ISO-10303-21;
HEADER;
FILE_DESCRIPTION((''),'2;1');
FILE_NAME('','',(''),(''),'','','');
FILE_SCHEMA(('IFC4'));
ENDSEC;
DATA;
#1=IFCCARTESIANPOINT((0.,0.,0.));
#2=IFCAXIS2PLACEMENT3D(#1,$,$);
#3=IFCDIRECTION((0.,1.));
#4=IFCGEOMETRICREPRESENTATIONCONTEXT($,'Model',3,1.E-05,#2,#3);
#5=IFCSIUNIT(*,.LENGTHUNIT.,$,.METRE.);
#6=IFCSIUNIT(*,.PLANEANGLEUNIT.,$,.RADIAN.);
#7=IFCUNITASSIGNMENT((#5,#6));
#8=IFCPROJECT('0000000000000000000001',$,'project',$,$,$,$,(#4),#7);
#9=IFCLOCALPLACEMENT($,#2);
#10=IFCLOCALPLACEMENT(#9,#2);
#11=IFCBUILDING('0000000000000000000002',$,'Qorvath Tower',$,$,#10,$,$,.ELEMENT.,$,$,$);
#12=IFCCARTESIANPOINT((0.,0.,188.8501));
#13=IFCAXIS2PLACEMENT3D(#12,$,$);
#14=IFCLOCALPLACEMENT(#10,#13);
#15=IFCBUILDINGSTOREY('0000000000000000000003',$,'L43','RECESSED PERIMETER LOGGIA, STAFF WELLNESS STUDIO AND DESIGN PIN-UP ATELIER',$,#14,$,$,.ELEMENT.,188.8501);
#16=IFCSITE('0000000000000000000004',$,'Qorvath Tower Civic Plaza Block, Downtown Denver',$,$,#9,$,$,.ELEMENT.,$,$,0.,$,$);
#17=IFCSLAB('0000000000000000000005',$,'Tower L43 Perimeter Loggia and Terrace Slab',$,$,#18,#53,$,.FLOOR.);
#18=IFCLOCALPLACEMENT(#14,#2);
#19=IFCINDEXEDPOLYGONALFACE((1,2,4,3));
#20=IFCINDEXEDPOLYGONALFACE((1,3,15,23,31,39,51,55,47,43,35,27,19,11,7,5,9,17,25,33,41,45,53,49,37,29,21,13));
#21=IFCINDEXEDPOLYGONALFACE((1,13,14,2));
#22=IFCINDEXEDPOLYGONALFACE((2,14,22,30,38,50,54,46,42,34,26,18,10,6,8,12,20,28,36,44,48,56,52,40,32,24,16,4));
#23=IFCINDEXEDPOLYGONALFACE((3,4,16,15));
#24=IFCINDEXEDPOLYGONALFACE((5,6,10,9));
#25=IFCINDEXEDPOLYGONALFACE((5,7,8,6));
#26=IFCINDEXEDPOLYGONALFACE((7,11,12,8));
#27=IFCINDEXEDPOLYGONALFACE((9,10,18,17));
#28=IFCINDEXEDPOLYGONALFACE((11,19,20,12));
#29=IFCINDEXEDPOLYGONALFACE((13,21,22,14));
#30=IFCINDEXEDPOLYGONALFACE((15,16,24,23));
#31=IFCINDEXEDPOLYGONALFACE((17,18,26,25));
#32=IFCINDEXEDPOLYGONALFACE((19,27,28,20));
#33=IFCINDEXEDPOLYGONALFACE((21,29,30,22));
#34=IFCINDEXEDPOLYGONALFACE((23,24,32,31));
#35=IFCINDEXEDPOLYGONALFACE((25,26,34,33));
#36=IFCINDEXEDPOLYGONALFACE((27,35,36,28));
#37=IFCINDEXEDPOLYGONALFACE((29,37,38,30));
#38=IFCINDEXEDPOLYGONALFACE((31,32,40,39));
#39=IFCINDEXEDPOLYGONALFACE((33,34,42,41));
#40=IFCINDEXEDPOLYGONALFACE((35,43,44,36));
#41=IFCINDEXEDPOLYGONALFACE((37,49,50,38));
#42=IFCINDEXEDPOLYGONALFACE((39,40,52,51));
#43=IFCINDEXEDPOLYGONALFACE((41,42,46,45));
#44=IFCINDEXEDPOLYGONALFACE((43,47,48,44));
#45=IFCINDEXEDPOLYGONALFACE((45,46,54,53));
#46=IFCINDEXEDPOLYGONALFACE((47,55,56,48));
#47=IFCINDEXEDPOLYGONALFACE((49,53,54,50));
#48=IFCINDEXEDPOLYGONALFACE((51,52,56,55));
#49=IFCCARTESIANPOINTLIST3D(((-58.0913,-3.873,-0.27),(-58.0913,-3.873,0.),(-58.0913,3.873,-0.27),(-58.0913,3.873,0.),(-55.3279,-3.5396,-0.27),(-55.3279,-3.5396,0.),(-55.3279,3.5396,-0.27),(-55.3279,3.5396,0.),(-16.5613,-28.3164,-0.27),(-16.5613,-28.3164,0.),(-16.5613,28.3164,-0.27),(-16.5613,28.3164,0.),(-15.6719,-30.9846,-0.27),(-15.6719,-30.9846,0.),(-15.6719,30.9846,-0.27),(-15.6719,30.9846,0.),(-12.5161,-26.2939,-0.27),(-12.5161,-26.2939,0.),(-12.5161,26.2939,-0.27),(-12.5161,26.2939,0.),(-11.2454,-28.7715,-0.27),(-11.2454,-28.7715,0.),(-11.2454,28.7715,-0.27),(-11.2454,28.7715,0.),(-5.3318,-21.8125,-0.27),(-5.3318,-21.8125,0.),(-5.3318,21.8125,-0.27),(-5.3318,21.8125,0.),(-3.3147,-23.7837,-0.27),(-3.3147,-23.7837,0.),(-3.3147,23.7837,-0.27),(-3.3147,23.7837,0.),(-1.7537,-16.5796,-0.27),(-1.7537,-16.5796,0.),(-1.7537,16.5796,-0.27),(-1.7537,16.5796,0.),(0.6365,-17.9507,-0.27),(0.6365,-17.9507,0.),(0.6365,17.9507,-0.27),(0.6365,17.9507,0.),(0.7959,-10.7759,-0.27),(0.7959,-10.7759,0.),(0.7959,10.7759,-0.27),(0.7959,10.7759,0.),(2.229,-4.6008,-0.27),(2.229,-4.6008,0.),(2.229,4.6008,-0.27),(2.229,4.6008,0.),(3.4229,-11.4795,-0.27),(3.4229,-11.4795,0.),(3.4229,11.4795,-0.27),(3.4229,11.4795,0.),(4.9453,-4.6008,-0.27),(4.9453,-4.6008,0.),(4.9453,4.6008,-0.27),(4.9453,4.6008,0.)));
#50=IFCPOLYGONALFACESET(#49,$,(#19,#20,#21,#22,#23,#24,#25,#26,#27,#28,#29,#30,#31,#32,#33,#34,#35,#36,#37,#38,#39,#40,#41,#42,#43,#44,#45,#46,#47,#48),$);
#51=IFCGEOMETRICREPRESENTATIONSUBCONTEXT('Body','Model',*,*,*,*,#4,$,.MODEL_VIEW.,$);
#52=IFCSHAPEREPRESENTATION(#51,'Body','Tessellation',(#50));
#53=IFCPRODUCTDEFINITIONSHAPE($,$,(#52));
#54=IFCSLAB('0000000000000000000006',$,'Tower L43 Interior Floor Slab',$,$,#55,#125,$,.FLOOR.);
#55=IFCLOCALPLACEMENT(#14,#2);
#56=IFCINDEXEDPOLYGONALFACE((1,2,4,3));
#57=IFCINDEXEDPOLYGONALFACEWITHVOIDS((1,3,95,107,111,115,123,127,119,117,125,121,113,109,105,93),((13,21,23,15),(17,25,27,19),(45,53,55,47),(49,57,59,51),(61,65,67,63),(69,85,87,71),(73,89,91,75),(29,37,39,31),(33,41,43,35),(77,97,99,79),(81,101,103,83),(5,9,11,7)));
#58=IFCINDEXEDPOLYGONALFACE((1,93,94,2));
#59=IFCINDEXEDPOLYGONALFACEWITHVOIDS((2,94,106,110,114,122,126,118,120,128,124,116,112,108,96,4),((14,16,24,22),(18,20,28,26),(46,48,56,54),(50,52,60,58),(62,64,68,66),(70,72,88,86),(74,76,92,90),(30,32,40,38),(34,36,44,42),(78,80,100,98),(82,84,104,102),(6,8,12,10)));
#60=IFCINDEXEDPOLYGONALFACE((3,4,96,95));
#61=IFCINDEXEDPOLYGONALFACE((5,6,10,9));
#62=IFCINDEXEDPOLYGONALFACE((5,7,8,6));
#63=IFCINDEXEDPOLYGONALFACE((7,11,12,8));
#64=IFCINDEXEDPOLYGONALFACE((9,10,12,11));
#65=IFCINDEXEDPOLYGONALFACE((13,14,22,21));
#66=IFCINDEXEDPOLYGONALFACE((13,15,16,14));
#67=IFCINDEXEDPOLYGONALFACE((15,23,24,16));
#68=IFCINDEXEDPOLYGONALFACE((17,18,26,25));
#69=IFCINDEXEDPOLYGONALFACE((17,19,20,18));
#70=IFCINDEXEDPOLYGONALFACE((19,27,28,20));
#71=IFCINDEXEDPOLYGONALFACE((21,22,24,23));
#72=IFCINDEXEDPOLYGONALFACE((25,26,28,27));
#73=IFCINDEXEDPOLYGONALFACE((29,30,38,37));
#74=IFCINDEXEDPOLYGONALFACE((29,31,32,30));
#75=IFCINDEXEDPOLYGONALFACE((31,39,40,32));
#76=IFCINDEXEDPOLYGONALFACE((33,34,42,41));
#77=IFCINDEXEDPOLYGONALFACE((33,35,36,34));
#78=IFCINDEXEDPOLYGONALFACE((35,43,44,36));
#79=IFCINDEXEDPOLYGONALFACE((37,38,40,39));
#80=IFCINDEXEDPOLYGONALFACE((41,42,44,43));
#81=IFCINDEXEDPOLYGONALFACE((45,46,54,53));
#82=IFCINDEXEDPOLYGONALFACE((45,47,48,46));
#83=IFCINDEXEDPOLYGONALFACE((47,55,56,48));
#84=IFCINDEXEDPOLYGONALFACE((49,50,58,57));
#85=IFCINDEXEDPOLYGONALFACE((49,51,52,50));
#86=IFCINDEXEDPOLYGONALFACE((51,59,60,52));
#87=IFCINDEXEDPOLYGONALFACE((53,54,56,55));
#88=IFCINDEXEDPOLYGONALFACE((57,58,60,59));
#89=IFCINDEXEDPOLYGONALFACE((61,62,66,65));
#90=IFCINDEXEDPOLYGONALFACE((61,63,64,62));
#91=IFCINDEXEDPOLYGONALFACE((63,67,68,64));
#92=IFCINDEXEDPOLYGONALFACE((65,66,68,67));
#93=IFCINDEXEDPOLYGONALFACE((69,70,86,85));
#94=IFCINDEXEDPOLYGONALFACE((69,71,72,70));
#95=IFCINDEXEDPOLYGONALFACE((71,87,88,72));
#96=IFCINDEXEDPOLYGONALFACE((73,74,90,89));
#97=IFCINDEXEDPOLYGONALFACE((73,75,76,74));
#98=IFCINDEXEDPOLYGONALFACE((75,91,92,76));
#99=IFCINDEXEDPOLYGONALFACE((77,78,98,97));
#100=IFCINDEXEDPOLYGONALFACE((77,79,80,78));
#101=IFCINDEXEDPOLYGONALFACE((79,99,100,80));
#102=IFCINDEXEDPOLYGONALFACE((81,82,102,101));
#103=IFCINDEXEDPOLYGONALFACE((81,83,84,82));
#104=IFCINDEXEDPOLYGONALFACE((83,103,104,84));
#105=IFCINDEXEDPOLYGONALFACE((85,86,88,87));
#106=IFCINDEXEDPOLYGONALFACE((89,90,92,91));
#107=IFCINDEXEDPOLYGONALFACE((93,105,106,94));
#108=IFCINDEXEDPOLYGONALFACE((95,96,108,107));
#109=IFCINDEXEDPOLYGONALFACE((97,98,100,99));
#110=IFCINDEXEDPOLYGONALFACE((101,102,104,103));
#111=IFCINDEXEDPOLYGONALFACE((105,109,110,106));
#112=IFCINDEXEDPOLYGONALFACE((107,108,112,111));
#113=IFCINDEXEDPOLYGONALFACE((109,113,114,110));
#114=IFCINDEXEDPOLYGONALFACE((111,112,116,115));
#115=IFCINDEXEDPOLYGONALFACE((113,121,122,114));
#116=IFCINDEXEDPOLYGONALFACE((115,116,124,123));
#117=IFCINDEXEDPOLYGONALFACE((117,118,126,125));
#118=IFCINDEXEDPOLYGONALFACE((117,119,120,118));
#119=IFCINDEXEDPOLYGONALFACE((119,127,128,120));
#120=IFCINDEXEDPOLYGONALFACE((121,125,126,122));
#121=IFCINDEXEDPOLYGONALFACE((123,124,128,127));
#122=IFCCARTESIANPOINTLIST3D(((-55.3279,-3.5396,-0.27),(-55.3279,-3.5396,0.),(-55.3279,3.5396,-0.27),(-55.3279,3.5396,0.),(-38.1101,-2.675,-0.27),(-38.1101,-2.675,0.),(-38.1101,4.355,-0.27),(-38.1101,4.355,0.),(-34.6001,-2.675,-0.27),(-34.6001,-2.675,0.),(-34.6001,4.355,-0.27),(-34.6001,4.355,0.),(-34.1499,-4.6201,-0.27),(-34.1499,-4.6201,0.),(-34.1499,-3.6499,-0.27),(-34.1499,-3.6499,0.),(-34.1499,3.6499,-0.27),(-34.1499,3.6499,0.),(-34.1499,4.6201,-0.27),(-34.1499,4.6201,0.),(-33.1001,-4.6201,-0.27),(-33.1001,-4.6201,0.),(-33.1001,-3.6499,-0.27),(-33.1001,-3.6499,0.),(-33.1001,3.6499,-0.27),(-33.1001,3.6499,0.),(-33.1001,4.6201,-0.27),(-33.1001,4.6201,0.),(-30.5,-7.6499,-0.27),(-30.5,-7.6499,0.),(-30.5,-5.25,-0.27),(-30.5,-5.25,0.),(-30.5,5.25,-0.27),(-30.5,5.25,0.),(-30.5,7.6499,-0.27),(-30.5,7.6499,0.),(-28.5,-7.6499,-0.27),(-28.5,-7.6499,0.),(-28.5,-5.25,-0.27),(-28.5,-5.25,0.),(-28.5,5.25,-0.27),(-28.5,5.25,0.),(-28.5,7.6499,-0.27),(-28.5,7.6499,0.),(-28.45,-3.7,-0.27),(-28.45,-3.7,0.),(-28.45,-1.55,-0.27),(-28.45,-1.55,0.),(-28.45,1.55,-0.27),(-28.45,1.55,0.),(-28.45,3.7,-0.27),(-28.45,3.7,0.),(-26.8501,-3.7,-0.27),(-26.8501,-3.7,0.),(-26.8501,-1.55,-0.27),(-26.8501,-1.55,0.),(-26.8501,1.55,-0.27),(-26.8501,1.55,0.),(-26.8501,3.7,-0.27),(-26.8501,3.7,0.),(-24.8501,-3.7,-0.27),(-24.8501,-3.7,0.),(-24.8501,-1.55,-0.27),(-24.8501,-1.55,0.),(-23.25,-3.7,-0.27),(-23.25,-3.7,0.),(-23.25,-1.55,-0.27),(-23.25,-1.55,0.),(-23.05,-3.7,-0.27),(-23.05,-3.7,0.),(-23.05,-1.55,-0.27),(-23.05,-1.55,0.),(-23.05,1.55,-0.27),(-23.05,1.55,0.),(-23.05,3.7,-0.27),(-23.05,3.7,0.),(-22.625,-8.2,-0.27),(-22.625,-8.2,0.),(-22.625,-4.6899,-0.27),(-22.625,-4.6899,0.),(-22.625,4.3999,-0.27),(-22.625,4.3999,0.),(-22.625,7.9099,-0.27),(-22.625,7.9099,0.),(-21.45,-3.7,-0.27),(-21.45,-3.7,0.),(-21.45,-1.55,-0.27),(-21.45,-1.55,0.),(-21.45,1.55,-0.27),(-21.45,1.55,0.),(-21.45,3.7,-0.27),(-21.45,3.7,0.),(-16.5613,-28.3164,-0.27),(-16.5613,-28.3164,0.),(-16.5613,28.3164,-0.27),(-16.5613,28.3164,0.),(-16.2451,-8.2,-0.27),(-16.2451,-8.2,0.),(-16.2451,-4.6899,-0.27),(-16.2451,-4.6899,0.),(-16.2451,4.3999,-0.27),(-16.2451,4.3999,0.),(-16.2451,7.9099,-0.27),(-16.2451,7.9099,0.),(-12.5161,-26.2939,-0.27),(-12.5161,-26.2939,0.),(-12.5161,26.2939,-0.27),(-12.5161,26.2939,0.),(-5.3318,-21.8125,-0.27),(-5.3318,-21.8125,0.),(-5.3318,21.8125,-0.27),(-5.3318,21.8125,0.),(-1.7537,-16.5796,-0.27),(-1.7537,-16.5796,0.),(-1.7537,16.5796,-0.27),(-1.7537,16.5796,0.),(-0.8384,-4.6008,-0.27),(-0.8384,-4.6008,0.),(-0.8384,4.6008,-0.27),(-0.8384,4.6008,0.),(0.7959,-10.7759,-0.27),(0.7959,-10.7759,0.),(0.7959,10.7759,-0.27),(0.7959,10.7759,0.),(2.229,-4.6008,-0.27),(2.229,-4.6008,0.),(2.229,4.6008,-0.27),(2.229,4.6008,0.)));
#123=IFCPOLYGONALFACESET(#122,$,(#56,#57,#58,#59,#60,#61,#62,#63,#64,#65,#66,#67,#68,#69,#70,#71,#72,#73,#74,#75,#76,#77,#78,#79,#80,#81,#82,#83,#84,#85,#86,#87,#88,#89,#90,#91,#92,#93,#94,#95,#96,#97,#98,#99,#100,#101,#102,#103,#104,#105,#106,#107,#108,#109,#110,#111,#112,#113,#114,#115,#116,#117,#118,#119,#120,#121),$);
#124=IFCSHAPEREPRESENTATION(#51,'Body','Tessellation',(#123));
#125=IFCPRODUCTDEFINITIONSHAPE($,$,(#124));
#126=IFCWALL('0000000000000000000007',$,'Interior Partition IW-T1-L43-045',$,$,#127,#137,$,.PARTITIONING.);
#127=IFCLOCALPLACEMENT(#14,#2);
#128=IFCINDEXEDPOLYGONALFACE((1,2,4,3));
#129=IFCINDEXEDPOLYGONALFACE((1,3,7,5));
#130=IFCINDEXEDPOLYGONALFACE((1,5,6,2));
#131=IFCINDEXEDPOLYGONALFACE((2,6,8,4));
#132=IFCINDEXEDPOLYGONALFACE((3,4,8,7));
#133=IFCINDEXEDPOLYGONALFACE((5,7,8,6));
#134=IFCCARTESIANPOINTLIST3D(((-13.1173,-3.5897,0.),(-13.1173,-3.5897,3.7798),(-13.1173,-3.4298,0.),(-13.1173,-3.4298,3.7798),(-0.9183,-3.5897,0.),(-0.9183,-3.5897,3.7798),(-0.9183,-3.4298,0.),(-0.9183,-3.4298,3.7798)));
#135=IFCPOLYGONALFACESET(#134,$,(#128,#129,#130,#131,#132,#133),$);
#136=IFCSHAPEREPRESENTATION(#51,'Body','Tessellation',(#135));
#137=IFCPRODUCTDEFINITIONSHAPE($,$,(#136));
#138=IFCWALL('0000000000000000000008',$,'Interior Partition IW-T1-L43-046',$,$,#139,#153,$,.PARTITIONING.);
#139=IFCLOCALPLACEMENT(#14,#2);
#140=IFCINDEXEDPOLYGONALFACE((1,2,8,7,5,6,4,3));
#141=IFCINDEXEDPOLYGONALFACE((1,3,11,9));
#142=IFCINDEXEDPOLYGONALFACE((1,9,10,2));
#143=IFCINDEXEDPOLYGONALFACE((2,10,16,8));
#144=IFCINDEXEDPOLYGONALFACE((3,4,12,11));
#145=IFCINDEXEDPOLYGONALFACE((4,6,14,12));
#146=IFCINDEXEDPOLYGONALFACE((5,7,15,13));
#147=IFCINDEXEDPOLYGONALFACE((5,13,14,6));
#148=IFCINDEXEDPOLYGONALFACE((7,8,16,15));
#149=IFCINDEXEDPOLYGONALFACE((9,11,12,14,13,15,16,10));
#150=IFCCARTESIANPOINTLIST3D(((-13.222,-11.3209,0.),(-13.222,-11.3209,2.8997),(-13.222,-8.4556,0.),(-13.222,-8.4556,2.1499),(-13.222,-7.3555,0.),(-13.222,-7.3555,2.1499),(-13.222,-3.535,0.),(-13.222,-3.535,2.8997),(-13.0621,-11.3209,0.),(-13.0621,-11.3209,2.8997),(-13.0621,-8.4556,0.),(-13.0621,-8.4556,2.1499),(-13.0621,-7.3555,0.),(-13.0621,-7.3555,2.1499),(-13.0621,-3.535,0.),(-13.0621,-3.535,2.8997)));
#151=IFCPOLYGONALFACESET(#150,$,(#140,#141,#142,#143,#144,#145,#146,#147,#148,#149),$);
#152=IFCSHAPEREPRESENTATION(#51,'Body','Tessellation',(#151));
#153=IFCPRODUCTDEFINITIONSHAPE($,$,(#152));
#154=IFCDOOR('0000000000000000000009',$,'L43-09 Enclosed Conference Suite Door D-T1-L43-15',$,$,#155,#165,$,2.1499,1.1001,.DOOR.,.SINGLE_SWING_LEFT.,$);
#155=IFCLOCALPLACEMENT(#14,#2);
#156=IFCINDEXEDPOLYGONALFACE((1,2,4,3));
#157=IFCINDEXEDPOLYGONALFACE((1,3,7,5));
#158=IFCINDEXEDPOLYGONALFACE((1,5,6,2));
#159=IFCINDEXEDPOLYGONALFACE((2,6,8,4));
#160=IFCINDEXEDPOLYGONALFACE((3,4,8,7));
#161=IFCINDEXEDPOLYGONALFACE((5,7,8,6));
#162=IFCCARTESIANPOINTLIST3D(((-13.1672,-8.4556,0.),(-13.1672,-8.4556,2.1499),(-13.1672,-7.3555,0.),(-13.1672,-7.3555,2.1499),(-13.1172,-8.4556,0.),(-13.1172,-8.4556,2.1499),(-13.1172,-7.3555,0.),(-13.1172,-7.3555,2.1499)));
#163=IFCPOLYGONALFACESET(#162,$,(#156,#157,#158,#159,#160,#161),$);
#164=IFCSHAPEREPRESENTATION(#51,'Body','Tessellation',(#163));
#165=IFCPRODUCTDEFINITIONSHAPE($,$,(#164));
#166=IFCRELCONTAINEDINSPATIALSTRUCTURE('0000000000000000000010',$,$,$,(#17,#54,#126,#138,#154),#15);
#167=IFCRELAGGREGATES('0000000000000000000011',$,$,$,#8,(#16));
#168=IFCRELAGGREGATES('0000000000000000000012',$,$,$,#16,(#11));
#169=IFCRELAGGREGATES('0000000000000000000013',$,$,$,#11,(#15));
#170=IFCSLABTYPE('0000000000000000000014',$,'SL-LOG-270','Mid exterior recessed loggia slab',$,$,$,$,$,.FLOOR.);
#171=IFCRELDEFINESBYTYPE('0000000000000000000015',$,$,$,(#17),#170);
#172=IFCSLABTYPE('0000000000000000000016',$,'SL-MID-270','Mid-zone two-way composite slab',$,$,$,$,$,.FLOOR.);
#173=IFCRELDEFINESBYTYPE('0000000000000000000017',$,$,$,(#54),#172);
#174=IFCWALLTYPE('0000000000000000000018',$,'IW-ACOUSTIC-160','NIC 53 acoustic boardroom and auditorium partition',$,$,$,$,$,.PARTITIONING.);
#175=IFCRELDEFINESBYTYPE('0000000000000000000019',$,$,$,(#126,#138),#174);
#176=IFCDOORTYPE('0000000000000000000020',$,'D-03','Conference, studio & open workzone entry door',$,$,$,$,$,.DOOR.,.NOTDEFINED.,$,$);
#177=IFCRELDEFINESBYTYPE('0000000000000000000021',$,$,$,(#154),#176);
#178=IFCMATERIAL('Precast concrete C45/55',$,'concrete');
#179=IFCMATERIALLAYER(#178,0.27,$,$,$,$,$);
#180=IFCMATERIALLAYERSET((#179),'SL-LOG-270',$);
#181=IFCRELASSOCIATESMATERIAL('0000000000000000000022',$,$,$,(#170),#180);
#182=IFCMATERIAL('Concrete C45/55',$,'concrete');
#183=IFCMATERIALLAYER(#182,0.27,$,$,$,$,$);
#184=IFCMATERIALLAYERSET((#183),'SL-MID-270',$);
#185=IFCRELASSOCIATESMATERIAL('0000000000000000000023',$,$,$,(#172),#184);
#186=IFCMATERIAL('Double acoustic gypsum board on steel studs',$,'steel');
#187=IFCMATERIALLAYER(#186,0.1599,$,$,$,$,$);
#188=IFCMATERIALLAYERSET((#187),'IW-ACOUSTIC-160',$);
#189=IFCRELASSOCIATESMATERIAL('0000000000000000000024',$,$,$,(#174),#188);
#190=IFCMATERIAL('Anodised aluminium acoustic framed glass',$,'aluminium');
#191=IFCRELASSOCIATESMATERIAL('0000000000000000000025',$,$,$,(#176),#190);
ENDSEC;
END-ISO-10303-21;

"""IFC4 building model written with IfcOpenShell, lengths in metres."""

from ifc_helpers import new_model, si_unit, direction, frame, frame_2d, origin, place, context, subcontext, project, spatial, polyline, rectangle, outline, extrude, material, layer, layer_set, type_object, element, fill, save


model = new_model("IFC4")

# Units and contexts
model_context = context("Model", 3, precision=1e-05, world=origin(), true_north=direction((0.0, 1.0)))
body_context = subcontext(model_context, "Body", "Model", "MODEL_VIEW")
ifc_project = project(units=[si_unit("LENGTHUNIT", "METRE"), si_unit("PLANEANGLEUNIT", "RADIAN")], contexts=[model_context])

# Site, building, storey
site_placement = place(None, origin())
site = spatial("IfcSite", under=ifc_project, at=site_placement, Name="Qorvath Tower Civic Plaza Block, Downtown Denver", CompositionType="ELEMENT", RefElevation=0.0)
building_placement = place(site_placement, origin())
building = spatial("IfcBuilding", under=site, at=building_placement, Name="Qorvath Tower", CompositionType="ELEMENT")
storey_placement = place(building_placement, frame((0.0, 0.0, 188.8501)))
storey = spatial("IfcBuildingStorey", under=building, at=storey_placement, Name="L43", Description="RECESSED PERIMETER LOGGIA, STAFF WELLNESS STUDIO AND DESIGN PIN-UP ATELIER", CompositionType="ELEMENT", Elevation=188.8501)

# Slabs
ifc_material_1 = material(Name="Precast concrete C45/55", Category="concrete")
ifc_layer_1 = layer(ifc_material_1, 0.27)
ifc_layer_set_1 = layer_set([ifc_layer_1], Name="SL-LOG-270")
slab_type_1 = type_object("IfcSlabType", Name="SL-LOG-270", Description="Mid exterior recessed loggia slab", PredefinedType="FLOOR", material=ifc_layer_set_1)
slab_1_placement = place(storey_placement, frame((0.0, 0.0, -0.27)))
element("IfcSlab", 1, at=slab_1_placement, inside=storey, type_object=slab_type_1, Name="Tower L43 Perimeter Loggia and Terrace Slab", PredefinedType="FLOOR", context=body_context, shape_type="SweptSolid", body=[
    extrude(outline(polyline([(2.229, -4.6008), (0.7959, -10.7759), (-1.7537, -16.5796), (-5.3318, -21.8125), (-12.5161, -26.2939), (-16.5613, -28.3164), (-55.3279, -3.5396), (-55.3279, 3.5396), (-16.5613, 28.3164), (-12.5161, 26.2939), (-5.3318, 21.8125), (-1.7537, 16.5796), (0.7959, 10.7759), (2.229, 4.6008), (4.9453, 4.6008), (3.4229, 11.4795), (0.6365, 17.9507), (-3.3147, 23.7837), (-11.2454, 28.7715), (-15.6719, 30.9846), (-58.0913, 3.873), (-58.0913, -3.873), (-15.6719, -30.9846), (-11.2454, -28.7715), (-3.3147, -23.7837), (0.6365, -17.9507), (3.4229, -11.4795), (4.9453, -4.6008), (2.229, -4.6008)])), origin(), (0.0, 0.0, 1.0), 0.27),
])
ifc_material_2 = material(Name="Concrete C45/55", Category="concrete")
ifc_layer_2 = layer(ifc_material_2, 0.27)
ifc_layer_set_2 = layer_set([ifc_layer_2], Name="SL-MID-270")
slab_type_2 = type_object("IfcSlabType", Name="SL-MID-270", Description="Mid-zone two-way composite slab", PredefinedType="FLOOR", material=ifc_layer_set_2)
slab_2_placement = place(storey_placement, frame((0.0, 0.0, -0.27)))
element("IfcSlab", 2, at=slab_2_placement, inside=storey, type_object=slab_type_2, Name="Tower L43 Interior Floor Slab", PredefinedType="FLOOR", context=body_context, shape_type="SweptSolid", body=[
    extrude(outline(polyline([(-55.3279, 3.5396), (-55.3279, -3.5396), (-16.5613, -28.3164), (-12.5161, -26.2939), (-5.3318, -21.8125), (-1.7537, -16.5796), (0.7959, -10.7759), (2.229, -4.6008), (-0.8384, -4.6008), (-0.8384, 4.6008), (2.229, 4.6008), (0.7959, 10.7759), (-1.7537, 16.5796), (-5.3318, 21.8125), (-12.5161, 26.2939), (-16.5613, 28.3164), (-55.3279, 3.5396)]), holes=[polyline([(-16.2451, -8.2), (-22.625, -8.2), (-22.625, -4.6899), (-16.2451, -4.6899), (-16.2451, -8.2)]), polyline([(-22.625, 4.3999), (-22.625, 7.9099), (-16.2451, 7.9099), (-16.2451, 4.3999), (-22.625, 4.3999)]), polyline([(-21.45, -3.7), (-23.05, -3.7), (-23.05, -1.55), (-21.45, -1.55), (-21.45, -3.7)]), polyline([(-23.05, 1.55), (-23.05, 3.7), (-21.45, 3.7), (-21.45, 1.55), (-23.05, 1.55)]), polyline([(-24.8501, -3.7), (-24.8501, -1.55), (-23.25, -1.55), (-23.25, -3.7), (-24.8501, -3.7)]), polyline([(-28.45, -3.7), (-28.45, -1.55), (-26.8501, -1.55), (-26.8501, -3.7), (-28.45, -3.7)]), polyline([(-26.8501, 1.55), (-28.45, 1.55), (-28.45, 3.7), (-26.8501, 3.7), (-26.8501, 1.55)]), polyline([(-28.5, -7.6499), (-30.5, -7.6499), (-30.5, -5.25), (-28.5, -5.25), (-28.5, -7.6499)]), polyline([(-30.5, 5.25), (-30.5, 7.6499), (-28.5, 7.6499), (-28.5, 5.25), (-30.5, 5.25)]), polyline([(-34.1499, -4.6201), (-34.1499, -3.6499), (-33.1001, -3.6499), (-33.1001, -4.6201), (-34.1499, -4.6201)]), polyline([(-34.1499, 3.6499), (-34.1499, 4.6201), (-33.1001, 4.6201), (-33.1001, 3.6499), (-34.1499, 3.6499)]), polyline([(-34.6001, -2.675), (-38.1101, -2.675), (-38.1101, 4.355), (-34.6001, 4.355), (-34.6001, -2.675)])]), origin(), (0.0, 0.0, 1.0), 0.27),
])

# Wall
ifc_material_3 = material(Name="Double acoustic gypsum board on steel studs", Category="steel")
ifc_layer_3 = layer(ifc_material_3, 0.1599)
ifc_layer_set_3 = layer_set([ifc_layer_3], Name="IW-ACOUSTIC-160")
wall_type_1 = type_object("IfcWallType", Name="IW-ACOUSTIC-160", Description="NIC 53 acoustic boardroom and auditorium partition", PredefinedType="PARTITIONING", material=ifc_layer_set_3)
wall_1_placement = place(storey_placement, frame((-0.9182, -3.5098, 0.0), z_axis=(0.0, 0.0, 1.0), x_axis=(-1.0, 0.0, 0.0)))
element("IfcWall", 3, at=wall_1_placement, inside=storey, type_object=wall_type_1, Name="Interior Partition IW-T1-L43-045", PredefinedType="PARTITIONING", context=body_context, shape_type="SweptSolid", body=[
    extrude(rectangle(XDim=12.199, YDim=0.1599, at=frame_2d((6.0996, 0.0))), origin(), (0.0, 0.0, 1.0), 3.7798),
])

# Wall, opening, door
wall_2_placement = place(storey_placement, frame((-13.1421, -3.5349, 0.0), z_axis=(0.0, 0.0, 1.0), x_axis=(0.0, -1.0, 0.0)))
wall_2 = element("IfcWall", 4, at=wall_2_placement, inside=storey, type_object=wall_type_1, Name="Interior Partition IW-T1-L43-046", PredefinedType="PARTITIONING", context=body_context, shape_type="SweptSolid", body=[
    extrude(rectangle(XDim=7.7859, YDim=0.1599, at=frame_2d((3.8931, 0.0))), origin(), (0.0, 0.0, 1.0), 2.8997),
])
opening_1_placement = place(wall_2_placement, frame((3.8206, 0.0, 0.0)))
opening_1 = element("IfcOpeningElement", 5, at=opening_1_placement, cuts=wall_2, PredefinedType="OPENING", context=body_context, shape_type="SweptSolid", body=[
    extrude(rectangle(XDim=1.1001, YDim=2.1499, at=frame_2d((0.55, 1.075))), frame((0.0, 0.0898, 0.0), z_axis=(0.0, -1.0, 0.0), x_axis=(1.0, 0.0, 0.0)), (0.0, 0.0, 1.0), 0.1799),
])
ifc_material_4 = material(Name="Anodised aluminium acoustic framed glass", Category="aluminium")
door_type_1 = type_object("IfcDoorType", Name="D-03", Description="Conference, studio & open workzone entry door", OperationType="NOTDEFINED", PredefinedType="DOOR", material=ifc_material_4)
door_1_placement = place(opening_1_placement, origin())
door_1 = element("IfcDoor", 6, at=door_1_placement, inside=storey, type_object=door_type_1, Name="L43-09 Enclosed Conference Suite Door D-T1-L43-15", OperationType="SINGLE_SWING_LEFT", OverallHeight=2.1499, OverallWidth=1.1001, PredefinedType="DOOR", context=body_context, shape_type="SweptSolid", body=[
    extrude(rectangle(XDim=1.1001, YDim=2.1499, at=frame_2d((0.55, 1.075))), frame((0.0, 0.0249, 0.0), z_axis=(0.0, -1.0, 0.0), x_axis=(1.0, 0.0, 0.0)), (0.0, 0.0, 1.0), 0.05),
])
fill(opening_1, door_1)

save(model, "model.ifc")
